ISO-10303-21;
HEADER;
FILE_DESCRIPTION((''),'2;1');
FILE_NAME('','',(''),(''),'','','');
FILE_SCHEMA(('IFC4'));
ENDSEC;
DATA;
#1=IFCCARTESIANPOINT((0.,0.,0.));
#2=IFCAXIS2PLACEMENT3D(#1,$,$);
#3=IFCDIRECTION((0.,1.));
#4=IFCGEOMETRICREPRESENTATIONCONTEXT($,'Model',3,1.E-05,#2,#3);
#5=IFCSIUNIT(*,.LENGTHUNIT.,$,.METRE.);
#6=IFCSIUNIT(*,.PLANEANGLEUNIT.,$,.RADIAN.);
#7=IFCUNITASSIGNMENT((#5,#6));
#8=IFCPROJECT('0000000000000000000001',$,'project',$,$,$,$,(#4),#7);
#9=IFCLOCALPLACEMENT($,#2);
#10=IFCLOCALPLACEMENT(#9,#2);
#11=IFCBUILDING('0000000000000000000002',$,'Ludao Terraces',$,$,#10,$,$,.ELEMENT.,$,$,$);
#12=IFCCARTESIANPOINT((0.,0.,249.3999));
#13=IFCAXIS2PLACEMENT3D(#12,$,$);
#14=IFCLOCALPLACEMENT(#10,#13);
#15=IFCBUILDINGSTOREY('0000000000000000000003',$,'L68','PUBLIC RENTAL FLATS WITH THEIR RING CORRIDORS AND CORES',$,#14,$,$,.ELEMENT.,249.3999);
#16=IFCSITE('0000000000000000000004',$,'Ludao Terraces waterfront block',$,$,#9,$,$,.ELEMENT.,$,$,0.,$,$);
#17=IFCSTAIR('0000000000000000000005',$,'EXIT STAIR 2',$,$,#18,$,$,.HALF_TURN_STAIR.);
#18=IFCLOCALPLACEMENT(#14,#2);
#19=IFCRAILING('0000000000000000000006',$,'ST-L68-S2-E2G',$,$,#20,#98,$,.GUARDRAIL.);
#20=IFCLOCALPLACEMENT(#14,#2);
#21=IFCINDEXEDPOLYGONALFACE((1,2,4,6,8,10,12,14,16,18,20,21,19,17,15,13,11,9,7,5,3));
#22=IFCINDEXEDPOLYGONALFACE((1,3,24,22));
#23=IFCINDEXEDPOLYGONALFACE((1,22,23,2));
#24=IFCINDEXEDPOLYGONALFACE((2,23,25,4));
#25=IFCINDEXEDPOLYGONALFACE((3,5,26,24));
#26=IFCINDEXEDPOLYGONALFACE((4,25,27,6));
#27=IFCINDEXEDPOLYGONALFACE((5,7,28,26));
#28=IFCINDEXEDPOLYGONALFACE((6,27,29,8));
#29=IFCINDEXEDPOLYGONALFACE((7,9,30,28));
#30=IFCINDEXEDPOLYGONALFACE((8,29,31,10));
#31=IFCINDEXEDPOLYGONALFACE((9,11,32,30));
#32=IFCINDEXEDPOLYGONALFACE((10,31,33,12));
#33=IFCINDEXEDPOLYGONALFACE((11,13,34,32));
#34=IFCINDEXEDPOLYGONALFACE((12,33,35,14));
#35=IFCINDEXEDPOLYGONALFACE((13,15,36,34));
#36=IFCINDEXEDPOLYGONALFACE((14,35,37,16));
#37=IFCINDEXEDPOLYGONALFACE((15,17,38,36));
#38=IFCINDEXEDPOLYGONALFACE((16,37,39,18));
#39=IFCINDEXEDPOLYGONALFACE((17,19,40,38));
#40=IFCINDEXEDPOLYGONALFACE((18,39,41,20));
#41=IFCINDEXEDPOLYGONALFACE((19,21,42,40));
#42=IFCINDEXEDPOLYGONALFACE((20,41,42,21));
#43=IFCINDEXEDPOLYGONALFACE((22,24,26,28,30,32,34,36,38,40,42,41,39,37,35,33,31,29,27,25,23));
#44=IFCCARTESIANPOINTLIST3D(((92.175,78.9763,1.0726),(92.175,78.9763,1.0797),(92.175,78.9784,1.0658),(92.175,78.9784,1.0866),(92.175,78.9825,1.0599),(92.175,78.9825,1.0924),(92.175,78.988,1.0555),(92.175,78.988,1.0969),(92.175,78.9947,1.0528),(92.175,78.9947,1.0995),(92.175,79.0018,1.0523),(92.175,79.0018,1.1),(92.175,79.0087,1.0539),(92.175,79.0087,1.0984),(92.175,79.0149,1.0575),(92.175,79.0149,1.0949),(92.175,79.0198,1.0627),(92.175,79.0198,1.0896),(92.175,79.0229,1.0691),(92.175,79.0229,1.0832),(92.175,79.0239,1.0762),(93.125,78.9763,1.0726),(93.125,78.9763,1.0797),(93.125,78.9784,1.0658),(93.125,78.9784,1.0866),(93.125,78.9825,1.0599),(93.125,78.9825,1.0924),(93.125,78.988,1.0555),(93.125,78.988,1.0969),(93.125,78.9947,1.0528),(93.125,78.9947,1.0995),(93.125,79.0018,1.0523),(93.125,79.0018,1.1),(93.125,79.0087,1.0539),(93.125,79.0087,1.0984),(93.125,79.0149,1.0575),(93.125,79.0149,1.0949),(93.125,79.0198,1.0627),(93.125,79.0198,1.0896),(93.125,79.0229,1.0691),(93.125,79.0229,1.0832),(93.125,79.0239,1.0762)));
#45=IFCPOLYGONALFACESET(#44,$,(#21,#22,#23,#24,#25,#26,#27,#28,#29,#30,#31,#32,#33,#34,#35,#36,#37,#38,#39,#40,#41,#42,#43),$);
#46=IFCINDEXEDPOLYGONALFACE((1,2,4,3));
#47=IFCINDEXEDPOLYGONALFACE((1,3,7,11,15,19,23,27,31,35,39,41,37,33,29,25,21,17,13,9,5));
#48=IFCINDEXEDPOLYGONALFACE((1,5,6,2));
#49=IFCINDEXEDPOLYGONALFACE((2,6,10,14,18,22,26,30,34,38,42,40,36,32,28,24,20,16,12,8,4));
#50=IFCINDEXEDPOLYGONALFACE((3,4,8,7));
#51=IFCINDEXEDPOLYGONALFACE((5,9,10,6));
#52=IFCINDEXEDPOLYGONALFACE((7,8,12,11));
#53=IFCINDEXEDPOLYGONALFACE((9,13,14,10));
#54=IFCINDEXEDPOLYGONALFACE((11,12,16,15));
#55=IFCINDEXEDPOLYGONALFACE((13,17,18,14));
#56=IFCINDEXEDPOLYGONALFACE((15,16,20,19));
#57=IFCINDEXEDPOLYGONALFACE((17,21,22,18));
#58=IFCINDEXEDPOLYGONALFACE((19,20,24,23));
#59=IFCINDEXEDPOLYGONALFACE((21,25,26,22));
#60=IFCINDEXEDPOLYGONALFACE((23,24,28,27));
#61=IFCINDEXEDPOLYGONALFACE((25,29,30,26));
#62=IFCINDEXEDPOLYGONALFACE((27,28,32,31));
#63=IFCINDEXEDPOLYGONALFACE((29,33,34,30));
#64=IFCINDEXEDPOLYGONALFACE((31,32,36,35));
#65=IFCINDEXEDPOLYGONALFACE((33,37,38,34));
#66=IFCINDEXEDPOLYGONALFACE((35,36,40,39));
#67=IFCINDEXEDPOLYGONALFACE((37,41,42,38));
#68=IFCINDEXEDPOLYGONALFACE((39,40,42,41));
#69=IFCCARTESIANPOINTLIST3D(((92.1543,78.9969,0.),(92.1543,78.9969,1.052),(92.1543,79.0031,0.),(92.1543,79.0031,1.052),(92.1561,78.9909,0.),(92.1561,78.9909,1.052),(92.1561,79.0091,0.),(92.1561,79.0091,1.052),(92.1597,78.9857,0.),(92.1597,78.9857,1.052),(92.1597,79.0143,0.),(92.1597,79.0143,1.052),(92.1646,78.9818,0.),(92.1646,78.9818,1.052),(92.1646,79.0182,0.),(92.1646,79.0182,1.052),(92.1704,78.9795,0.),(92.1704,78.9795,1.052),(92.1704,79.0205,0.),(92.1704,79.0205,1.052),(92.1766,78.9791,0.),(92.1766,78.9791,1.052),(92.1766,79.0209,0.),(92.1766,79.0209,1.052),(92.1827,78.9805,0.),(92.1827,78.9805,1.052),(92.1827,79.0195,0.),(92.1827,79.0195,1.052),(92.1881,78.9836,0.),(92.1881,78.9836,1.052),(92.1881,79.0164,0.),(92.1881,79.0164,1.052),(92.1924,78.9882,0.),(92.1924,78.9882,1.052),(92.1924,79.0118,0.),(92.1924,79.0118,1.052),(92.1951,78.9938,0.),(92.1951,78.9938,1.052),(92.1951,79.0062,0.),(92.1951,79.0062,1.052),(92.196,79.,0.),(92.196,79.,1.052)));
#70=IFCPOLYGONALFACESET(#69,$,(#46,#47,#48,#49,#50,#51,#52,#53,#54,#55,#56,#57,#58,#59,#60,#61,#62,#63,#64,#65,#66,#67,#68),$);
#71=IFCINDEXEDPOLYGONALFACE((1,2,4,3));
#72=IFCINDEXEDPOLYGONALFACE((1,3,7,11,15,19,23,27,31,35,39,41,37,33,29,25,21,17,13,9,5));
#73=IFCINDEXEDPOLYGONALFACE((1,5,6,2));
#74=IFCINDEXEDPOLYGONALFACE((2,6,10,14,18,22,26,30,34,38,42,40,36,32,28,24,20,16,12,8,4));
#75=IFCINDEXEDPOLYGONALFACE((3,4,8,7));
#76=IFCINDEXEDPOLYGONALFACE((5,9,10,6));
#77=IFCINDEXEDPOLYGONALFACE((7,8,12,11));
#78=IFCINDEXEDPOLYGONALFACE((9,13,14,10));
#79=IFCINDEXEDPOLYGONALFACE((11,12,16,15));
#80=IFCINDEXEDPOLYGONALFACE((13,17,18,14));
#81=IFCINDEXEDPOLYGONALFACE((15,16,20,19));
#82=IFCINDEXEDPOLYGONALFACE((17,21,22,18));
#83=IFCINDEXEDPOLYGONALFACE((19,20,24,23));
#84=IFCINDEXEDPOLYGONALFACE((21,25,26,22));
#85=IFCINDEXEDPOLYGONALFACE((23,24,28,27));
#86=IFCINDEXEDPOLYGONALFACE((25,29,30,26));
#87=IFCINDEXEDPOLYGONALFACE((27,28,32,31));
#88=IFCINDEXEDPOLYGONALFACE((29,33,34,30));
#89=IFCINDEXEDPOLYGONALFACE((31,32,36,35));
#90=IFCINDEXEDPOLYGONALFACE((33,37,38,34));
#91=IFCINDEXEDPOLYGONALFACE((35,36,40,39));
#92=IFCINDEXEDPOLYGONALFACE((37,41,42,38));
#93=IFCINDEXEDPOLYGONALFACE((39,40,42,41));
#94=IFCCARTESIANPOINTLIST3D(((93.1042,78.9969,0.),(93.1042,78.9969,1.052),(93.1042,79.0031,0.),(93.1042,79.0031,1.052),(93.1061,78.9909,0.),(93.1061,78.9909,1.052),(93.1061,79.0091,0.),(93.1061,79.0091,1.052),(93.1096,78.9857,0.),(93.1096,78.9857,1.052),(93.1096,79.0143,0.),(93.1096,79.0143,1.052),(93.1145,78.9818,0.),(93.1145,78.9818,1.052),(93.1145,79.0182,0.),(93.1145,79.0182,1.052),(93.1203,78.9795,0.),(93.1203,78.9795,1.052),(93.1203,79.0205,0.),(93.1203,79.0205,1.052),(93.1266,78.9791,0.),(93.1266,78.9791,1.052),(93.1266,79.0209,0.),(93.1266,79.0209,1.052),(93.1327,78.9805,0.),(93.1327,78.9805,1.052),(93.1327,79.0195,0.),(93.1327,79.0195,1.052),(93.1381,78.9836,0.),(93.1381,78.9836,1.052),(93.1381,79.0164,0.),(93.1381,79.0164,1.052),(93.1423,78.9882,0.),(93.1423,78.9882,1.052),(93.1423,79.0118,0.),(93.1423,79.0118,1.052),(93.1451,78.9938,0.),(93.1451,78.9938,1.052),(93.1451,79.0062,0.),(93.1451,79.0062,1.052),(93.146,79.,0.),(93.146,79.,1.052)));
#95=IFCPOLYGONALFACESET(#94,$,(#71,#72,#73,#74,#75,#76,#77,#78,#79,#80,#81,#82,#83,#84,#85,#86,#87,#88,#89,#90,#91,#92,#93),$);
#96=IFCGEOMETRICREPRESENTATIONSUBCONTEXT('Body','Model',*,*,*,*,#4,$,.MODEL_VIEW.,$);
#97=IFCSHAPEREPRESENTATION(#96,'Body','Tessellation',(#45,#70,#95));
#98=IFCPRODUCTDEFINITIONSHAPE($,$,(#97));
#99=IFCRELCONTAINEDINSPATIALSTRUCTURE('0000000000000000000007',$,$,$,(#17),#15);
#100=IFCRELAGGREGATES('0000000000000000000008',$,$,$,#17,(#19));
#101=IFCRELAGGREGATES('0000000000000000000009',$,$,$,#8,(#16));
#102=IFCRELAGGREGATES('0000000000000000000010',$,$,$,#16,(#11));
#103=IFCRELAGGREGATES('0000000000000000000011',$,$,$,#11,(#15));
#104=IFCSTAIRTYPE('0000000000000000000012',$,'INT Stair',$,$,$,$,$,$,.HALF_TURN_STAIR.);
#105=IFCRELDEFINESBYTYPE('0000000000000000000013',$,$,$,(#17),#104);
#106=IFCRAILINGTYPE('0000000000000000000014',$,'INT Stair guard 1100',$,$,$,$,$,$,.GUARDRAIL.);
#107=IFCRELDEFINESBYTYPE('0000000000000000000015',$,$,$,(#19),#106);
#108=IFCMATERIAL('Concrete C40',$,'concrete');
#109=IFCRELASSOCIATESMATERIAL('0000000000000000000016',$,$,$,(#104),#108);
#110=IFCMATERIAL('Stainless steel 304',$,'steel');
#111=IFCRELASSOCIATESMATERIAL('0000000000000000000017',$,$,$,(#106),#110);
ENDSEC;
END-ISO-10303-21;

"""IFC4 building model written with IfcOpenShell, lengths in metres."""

from ifc_helpers import new_model, si_unit, direction, frame, origin, origin_2d, place, context, subcontext, project, spatial, circle, extrude, material, type_object, element, aggregate, save


model = new_model("IFC4")

# Units and contexts
model_context = context("Model", 3, precision=1e-05, world=origin(), true_north=direction((0.0, 1.0)))
body_context = subcontext(model_context, "Body", "Model", "MODEL_VIEW")
ifc_project = project(units=[si_unit("LENGTHUNIT", "METRE"), si_unit("PLANEANGLEUNIT", "RADIAN")], contexts=[model_context])

# Site, building, storey
site_placement = place(None, origin())
site = spatial("IfcSite", under=ifc_project, at=site_placement, Name="Ludao Terraces waterfront block", CompositionType="ELEMENT", RefElevation=0.0)
building_placement = place(site_placement, origin())
building = spatial("IfcBuilding", under=site, at=building_placement, Name="Ludao Terraces", CompositionType="ELEMENT")
storey_placement = place(building_placement, frame((0.0, 0.0, 249.3999)))
storey = spatial("IfcBuildingStorey", under=building, at=storey_placement, Name="L68", Description="PUBLIC RENTAL FLATS WITH THEIR RING CORRIDORS AND CORES", CompositionType="ELEMENT", Elevation=249.3999)

# Shared definitions
ifc_material_1 = material(Name="Stainless steel 304", Category="steel")

# Stair, railing
ifc_material_2 = material(Name="Concrete C40", Category="concrete")
stair_type = type_object("IfcStairType", Name="INT Stair", PredefinedType="HALF_TURN_STAIR", material=ifc_material_2)
stair_placement = place(storey_placement, origin())
stair = element("IfcStair", 1, at=stair_placement, inside=storey, type_object=stair_type, Name="EXIT STAIR 2", PredefinedType="HALF_TURN_STAIR")
railing_type_1 = type_object("IfcRailingType", Name="INT Stair guard 1100", PredefinedType="GUARDRAIL", material=ifc_material_1)
railing_1_placement = place(storey_placement, frame((92.175, 79.0, 0.0)))
railing_1 = element("IfcRailing", 2, at=railing_1_placement, type_object=railing_type_1, Name="ST-L68-S2-E2G", PredefinedType="GUARDRAIL", context=body_context, shape_type="SweptSolid", body=[
    extrude(circle(Radius=0.0239, at=origin_2d()), frame((0.0, 0.0, 1.0762), z_axis=(1.0, 0.0, 0.0), x_axis=(0.0, 1.0, 0.0)), (0.0, 0.0, 1.0), 0.95),
    extrude(circle(Radius=0.021, at=origin_2d()), origin(), (0.0, 0.0, 1.0), 1.052),
    extrude(circle(Radius=0.021, at=origin_2d()), frame((0.95, 0.0, 0.0)), (0.0, 0.0, 1.0), 1.052),
])
aggregate(stair, [railing_1])

save(model, "model.ifc")
